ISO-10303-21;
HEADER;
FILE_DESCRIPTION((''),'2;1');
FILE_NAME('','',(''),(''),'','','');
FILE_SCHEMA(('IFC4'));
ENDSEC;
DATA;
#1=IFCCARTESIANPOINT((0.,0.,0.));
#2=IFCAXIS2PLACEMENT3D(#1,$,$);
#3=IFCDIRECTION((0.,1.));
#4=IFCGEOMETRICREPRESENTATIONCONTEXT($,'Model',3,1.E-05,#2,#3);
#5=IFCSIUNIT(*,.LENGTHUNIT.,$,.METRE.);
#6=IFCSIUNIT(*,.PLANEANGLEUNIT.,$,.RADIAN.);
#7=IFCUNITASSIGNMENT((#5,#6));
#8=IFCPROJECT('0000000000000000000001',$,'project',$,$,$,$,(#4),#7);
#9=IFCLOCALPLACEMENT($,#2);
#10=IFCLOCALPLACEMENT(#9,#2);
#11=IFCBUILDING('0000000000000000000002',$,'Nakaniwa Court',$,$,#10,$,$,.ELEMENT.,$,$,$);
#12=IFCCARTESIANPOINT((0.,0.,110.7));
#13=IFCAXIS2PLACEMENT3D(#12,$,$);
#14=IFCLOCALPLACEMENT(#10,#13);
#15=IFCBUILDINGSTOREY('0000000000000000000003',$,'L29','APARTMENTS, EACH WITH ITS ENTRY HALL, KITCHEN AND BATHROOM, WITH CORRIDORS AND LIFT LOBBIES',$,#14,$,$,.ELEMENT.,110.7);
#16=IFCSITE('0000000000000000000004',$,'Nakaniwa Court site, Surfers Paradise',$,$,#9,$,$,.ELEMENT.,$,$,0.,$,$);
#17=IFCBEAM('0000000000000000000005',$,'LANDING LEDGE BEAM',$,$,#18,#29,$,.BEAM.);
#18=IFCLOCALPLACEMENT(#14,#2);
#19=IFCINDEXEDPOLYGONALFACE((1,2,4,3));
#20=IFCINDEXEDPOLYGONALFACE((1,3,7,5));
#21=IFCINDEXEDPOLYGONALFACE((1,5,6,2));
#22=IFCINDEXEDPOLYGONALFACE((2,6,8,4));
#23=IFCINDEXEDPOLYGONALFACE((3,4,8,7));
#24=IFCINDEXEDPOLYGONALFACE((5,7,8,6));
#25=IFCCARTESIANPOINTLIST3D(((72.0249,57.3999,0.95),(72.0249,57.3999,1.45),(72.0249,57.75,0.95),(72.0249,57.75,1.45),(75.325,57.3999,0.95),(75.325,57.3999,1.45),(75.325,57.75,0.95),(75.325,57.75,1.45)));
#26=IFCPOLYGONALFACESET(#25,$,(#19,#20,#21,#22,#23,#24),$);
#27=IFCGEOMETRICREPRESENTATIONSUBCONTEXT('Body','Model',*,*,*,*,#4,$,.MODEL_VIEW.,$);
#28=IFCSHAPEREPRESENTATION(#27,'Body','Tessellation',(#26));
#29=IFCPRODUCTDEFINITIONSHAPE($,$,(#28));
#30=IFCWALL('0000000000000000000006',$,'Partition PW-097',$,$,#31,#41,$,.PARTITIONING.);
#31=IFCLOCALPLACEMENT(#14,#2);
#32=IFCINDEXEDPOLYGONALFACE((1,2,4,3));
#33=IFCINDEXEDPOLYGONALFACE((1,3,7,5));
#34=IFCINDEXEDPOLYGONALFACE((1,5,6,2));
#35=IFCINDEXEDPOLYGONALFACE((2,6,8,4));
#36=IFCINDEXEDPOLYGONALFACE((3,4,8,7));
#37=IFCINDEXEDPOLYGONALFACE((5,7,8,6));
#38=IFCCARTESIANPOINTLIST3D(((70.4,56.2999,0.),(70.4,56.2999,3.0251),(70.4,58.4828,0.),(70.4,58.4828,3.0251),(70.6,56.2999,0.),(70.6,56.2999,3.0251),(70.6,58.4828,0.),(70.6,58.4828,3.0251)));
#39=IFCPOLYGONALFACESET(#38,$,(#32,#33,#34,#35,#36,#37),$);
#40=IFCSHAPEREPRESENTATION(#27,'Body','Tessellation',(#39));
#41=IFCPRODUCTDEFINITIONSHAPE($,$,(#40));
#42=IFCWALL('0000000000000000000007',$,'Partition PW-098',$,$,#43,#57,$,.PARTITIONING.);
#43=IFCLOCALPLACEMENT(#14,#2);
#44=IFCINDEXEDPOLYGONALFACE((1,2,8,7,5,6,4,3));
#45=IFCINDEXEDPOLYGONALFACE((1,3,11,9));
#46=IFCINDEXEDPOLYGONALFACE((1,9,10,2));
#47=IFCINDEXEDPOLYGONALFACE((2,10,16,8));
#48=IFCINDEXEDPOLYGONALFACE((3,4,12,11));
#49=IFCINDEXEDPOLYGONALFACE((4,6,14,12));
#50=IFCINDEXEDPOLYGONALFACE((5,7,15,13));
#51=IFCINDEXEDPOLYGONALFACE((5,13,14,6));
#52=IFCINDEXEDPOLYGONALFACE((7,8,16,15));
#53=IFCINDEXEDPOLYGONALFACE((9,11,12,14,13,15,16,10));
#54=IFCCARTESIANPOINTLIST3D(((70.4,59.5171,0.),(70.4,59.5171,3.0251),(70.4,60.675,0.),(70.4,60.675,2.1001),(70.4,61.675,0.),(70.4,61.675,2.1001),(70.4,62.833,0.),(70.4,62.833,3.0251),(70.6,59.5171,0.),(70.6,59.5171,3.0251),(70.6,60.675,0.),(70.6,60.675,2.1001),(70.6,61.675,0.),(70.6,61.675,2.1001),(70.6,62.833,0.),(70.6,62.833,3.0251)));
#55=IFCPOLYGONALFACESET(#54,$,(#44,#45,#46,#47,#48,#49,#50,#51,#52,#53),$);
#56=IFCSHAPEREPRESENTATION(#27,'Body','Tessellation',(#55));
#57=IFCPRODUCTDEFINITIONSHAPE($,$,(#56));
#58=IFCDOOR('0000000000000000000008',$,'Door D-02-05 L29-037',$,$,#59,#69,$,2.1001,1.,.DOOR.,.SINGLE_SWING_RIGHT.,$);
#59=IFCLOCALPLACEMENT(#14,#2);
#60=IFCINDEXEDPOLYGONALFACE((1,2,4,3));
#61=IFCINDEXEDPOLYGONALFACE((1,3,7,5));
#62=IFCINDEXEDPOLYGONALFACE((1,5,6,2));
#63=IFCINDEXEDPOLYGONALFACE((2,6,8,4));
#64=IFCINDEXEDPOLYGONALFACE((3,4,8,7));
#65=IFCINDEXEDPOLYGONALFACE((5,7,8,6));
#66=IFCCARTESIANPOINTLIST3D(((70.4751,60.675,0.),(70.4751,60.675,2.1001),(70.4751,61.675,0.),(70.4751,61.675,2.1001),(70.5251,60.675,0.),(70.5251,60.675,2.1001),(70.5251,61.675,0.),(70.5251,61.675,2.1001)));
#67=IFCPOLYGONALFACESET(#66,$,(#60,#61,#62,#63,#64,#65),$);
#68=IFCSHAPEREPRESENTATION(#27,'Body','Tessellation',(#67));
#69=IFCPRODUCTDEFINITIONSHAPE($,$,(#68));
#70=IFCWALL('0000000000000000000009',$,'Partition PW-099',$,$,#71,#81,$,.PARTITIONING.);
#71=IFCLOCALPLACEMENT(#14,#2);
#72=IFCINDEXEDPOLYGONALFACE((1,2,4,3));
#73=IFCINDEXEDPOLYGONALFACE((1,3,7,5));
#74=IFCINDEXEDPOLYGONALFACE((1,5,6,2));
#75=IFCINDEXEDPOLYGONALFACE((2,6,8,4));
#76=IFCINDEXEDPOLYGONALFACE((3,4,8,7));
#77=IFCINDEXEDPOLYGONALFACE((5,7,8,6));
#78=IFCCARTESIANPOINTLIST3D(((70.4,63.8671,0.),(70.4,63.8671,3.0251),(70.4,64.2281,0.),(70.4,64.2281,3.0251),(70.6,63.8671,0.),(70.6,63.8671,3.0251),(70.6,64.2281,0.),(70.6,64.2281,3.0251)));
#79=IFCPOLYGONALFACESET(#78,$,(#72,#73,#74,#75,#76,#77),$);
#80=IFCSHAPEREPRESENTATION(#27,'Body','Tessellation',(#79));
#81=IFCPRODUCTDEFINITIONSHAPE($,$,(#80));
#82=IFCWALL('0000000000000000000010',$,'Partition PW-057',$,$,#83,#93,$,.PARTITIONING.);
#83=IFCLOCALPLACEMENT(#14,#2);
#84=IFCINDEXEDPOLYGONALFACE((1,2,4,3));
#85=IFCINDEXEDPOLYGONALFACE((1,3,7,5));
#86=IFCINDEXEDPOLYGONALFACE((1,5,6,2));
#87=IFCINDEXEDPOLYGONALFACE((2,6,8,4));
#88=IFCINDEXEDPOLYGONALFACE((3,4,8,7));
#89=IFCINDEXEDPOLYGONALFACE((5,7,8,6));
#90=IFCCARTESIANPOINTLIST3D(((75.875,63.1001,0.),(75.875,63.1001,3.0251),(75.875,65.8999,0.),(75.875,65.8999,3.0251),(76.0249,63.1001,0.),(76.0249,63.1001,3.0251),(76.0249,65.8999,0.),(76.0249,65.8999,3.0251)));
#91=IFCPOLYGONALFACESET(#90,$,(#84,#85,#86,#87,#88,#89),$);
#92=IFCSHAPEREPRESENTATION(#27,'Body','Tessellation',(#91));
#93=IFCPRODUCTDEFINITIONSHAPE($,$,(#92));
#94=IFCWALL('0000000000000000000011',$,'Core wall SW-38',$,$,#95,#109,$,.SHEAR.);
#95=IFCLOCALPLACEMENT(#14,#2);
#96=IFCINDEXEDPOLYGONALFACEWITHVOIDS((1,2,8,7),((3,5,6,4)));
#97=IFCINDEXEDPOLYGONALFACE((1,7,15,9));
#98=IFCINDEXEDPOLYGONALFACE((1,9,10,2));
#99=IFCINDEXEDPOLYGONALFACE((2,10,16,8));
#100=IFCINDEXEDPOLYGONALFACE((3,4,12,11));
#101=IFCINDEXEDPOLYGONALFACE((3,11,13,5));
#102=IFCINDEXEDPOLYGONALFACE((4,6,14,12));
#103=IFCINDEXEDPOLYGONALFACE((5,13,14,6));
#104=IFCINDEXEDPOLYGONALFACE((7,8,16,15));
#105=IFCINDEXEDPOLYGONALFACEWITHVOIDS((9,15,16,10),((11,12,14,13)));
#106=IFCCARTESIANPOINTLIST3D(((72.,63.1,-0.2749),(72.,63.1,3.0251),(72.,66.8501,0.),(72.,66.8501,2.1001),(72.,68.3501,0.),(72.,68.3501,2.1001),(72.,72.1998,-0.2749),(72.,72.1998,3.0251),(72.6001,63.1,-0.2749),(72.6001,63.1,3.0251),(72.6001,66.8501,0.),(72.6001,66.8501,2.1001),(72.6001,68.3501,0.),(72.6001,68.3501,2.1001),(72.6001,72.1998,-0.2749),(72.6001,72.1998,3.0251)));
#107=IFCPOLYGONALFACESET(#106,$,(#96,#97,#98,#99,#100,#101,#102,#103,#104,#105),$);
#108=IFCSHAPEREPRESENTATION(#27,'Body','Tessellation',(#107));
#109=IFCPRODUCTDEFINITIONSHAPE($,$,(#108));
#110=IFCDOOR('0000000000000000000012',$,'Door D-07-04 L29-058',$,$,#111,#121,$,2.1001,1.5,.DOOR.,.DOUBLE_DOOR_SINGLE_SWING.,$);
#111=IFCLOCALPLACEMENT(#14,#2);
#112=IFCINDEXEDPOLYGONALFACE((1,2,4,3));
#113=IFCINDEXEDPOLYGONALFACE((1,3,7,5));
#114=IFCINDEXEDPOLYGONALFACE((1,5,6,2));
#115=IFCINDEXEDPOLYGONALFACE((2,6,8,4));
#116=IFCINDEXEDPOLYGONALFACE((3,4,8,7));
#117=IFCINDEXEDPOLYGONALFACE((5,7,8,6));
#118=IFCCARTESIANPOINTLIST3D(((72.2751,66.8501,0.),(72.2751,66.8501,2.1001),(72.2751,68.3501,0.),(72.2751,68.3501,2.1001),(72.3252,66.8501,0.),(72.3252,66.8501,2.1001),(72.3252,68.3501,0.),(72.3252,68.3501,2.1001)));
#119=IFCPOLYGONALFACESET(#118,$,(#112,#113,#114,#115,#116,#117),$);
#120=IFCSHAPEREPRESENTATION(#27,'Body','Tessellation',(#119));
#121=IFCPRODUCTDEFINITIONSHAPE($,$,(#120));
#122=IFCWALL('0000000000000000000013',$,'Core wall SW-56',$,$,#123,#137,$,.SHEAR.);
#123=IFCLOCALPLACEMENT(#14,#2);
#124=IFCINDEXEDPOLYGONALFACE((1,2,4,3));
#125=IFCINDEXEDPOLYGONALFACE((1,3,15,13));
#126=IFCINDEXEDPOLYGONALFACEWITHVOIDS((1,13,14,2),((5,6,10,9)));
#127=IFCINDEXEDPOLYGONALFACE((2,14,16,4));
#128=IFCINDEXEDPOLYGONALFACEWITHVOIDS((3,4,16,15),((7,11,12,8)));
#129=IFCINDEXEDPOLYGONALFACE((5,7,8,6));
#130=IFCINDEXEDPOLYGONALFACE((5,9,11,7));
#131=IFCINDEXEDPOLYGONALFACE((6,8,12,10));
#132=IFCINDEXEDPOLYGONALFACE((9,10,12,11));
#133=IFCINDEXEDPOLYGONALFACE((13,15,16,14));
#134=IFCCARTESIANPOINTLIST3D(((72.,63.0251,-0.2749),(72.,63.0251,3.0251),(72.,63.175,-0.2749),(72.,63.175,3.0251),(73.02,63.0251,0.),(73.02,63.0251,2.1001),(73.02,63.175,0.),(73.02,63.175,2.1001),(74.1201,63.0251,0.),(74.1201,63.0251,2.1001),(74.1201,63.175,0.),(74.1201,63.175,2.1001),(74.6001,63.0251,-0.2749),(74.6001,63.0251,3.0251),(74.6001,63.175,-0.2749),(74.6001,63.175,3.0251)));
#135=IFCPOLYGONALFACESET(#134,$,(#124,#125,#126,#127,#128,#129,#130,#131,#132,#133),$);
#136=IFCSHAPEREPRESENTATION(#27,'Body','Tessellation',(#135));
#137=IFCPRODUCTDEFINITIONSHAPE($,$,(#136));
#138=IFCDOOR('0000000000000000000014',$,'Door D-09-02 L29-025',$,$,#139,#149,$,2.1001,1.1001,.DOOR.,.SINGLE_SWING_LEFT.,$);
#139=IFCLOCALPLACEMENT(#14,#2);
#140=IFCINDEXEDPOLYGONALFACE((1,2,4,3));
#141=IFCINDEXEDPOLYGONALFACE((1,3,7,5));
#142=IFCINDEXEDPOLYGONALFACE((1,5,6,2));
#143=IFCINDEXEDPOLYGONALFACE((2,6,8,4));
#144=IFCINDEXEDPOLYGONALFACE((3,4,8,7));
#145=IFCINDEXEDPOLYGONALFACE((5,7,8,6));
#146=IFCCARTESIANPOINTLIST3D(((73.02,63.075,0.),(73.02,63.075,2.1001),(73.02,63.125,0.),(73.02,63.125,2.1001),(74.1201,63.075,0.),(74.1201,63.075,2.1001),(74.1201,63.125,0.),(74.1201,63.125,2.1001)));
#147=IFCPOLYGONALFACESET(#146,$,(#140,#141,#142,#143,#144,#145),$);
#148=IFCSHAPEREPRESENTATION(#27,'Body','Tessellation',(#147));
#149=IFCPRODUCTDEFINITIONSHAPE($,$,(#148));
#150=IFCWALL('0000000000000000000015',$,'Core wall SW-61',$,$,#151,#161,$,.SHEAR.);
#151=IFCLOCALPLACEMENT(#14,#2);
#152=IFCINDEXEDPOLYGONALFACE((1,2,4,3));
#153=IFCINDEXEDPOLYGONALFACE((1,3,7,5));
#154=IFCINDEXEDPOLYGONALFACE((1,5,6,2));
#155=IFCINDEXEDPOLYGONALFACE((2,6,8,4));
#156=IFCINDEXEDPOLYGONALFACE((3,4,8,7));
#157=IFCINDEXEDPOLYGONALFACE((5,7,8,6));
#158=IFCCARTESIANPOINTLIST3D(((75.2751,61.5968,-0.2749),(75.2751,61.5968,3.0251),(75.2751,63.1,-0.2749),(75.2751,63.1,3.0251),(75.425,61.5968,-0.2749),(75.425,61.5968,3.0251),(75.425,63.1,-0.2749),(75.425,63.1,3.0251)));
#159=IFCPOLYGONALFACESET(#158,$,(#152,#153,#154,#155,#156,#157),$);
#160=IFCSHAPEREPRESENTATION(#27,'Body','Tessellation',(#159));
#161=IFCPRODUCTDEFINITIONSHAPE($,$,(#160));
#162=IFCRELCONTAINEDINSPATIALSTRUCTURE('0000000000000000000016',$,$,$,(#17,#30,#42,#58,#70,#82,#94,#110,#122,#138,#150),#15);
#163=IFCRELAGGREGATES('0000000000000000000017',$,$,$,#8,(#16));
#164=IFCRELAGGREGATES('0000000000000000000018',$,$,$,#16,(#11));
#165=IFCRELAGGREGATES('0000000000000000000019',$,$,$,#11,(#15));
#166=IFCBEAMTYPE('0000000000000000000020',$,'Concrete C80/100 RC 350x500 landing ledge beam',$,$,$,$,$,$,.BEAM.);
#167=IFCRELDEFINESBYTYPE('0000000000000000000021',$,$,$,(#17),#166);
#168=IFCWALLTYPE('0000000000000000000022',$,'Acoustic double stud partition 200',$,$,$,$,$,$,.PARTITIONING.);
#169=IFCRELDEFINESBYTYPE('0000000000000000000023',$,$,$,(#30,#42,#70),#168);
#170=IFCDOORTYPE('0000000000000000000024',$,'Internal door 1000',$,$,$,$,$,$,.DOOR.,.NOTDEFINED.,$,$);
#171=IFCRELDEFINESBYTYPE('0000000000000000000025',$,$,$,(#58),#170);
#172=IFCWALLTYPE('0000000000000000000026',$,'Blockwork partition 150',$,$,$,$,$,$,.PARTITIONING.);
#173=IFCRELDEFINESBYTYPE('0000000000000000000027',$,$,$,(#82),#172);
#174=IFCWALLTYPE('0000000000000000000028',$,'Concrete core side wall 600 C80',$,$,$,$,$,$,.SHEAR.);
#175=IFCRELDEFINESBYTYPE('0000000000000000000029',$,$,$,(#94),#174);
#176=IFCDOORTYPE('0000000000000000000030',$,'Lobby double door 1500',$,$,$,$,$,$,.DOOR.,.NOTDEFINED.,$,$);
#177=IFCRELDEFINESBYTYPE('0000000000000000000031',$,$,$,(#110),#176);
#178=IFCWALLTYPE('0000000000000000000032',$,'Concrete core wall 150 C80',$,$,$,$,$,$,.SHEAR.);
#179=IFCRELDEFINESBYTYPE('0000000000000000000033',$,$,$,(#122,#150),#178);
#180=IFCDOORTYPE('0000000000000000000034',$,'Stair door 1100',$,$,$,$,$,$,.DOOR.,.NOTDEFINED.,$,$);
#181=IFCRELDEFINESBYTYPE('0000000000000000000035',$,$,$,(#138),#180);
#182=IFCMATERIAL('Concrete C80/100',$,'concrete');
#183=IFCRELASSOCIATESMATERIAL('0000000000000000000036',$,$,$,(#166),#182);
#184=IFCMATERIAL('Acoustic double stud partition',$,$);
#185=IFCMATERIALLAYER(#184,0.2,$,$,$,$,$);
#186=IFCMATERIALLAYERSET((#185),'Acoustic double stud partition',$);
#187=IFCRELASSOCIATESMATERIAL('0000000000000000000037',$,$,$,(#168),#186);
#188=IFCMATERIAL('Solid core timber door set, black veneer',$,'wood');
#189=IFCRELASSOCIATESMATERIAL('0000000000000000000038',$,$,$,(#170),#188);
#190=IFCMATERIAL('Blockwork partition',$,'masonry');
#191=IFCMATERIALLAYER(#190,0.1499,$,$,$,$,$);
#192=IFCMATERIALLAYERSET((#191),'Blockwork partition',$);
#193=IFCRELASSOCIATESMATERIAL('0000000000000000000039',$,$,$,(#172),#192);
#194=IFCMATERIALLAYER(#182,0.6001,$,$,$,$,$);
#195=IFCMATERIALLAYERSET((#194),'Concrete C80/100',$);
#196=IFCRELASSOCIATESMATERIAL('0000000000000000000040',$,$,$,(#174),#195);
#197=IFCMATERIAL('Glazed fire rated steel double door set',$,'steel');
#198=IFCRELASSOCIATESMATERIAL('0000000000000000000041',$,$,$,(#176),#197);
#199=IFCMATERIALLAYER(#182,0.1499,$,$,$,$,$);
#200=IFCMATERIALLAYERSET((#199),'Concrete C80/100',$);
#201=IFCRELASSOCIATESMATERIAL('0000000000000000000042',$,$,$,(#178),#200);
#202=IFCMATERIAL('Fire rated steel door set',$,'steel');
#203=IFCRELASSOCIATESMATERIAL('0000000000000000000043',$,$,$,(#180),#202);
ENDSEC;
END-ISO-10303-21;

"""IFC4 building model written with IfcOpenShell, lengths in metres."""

from ifc_helpers import new_model, si_unit, direction, frame, frame_2d, origin, origin_2d, place, context, subcontext, project, spatial, rectangle, extrude, material, layer, layer_set, material_profile, profile_set, type_object, element, fill, save


model = new_model("IFC4")

# Units and contexts
model_context = context("Model", 3, precision=1e-05, world=origin(), true_north=direction((0.0, 1.0)))
body_context = subcontext(model_context, "Body", "Model", "MODEL_VIEW")
ifc_project = project(units=[si_unit("LENGTHUNIT", "METRE"), si_unit("PLANEANGLEUNIT", "RADIAN")], contexts=[model_context])

# Site, building, storey
site_placement = place(None, origin())
site = spatial("IfcSite", under=ifc_project, at=site_placement, Name="Nakaniwa Court site, Surfers Paradise", CompositionType="ELEMENT", RefElevation=0.0)
building_placement = place(site_placement, origin())
building = spatial("IfcBuilding", under=site, at=building_placement, Name="Nakaniwa Court", CompositionType="ELEMENT")
storey_placement = place(building_placement, frame((0.0, 0.0, 110.7)))
storey = spatial("IfcBuildingStorey", under=building, at=storey_placement, Name="L29", Description="APARTMENTS, EACH WITH ITS ENTRY HALL, KITCHEN AND BATHROOM, WITH CORRIDORS AND LIFT LOBBIES", CompositionType="ELEMENT", Elevation=110.7)

# Beam
ifc_material_1 = material(Name="Concrete C80/100", Category="concrete")
ifc_material_profile = material_profile(ifc_material_1, rectangle(XDim=0.3501, YDim=0.5, at=origin_2d()), Name="Concrete C80/100 RC 350x500 landing ledge beam")
ifc_profile_set = profile_set([ifc_material_profile], Name="Concrete C80/100")
beam_type = type_object("IfcBeamType", Name="Concrete C80/100 RC 350x500 landing ledge beam", PredefinedType="BEAM", material=ifc_profile_set)
beam_placement = place(storey_placement, frame((72.0249, 57.575, 1.2), z_axis=(1.0, 0.0, 0.0), x_axis=(0.0, 1.0, 0.0)))
element("IfcBeam", 1, at=beam_placement, inside=storey, type_object=beam_type, Name="LANDING LEDGE BEAM", PredefinedType="BEAM", context=body_context, shape_type="SweptSolid", body=[
    extrude(rectangle(XDim=0.3501, YDim=0.5, at=origin_2d()), origin(), (0.0, 0.0, 1.0), 3.3),
])

# Wall
ifc_material_2 = material(Name="Acoustic double stud partition")
ifc_layer_1 = layer(ifc_material_2, 0.2)
ifc_layer_set_1 = layer_set([ifc_layer_1], Name="Acoustic double stud partition")
wall_type_1 = type_object("IfcWallType", Name="Acoustic double stud partition 200", PredefinedType="PARTITIONING", material=ifc_layer_set_1)
wall_1_placement = place(storey_placement, frame((70.5, 56.3, 0.0), z_axis=(0.0, 0.0, 1.0), x_axis=(0.0, 1.0, 0.0)))
element("IfcWall", 2, at=wall_1_placement, inside=storey, type_object=wall_type_1, Name="Partition PW-097", PredefinedType="PARTITIONING", context=body_context, shape_type="SweptSolid", body=[
    extrude(rectangle(XDim=2.1829, YDim=0.2, at=frame_2d((1.0913, 0.0))), origin(), (0.0, 0.0, 1.0), 3.0251),
])

# Wall, opening, door
wall_2_placement = place(storey_placement, frame((70.5, 59.5171, 0.0), z_axis=(0.0, 0.0, 1.0), x_axis=(0.0, 1.0, 0.0)))
wall_2 = element("IfcWall", 3, at=wall_2_placement, inside=storey, type_object=wall_type_1, Name="Partition PW-098", PredefinedType="PARTITIONING", context=body_context, shape_type="SweptSolid", body=[
    extrude(rectangle(XDim=3.3159, YDim=0.2, at=frame_2d((1.658, 0.0))), origin(), (0.0, 0.0, 1.0), 3.0251),
])
opening_1_placement = place(wall_2_placement, frame((1.158, 0.0, 0.0)))
opening_1 = element("IfcOpeningElement", 4, at=opening_1_placement, cuts=wall_2, PredefinedType="OPENING", context=body_context, shape_type="SweptSolid", body=[
    extrude(rectangle(XDim=1.0, YDim=2.1001, at=frame_2d((0.5, 1.05))), frame((0.0, 0.1099, 0.0), z_axis=(0.0, -1.0, 0.0), x_axis=(1.0, 0.0, 0.0)), (0.0, 0.0, 1.0), 0.22),
])
ifc_material_3 = material(Name="Solid core timber door set, black veneer", Category="wood")
door_type_1 = type_object("IfcDoorType", Name="Internal door 1000", OperationType="NOTDEFINED", PredefinedType="DOOR", material=ifc_material_3)
door_1_placement = place(opening_1_placement, origin())
door_1 = element("IfcDoor", 5, at=door_1_placement, inside=storey, type_object=door_type_1, Name="Door D-02-05 L29-037", OperationType="SINGLE_SWING_RIGHT", OverallHeight=2.1001, OverallWidth=1.0, PredefinedType="DOOR", context=body_context, shape_type="SweptSolid", body=[
    extrude(rectangle(XDim=1.0, YDim=2.1001, at=frame_2d((0.5, 1.05))), frame((0.0, 0.0249, 0.0), z_axis=(0.0, -1.0, 0.0), x_axis=(1.0, 0.0, 0.0)), (0.0, 0.0, 1.0), 0.05),
])
fill(opening_1, door_1)

# Walls
wall_3_placement = place(storey_placement, frame((70.5, 63.8669, 0.0), z_axis=(0.0, 0.0, 1.0), x_axis=(0.0, 1.0, 0.0)))
element("IfcWall", 6, at=wall_3_placement, inside=storey, type_object=wall_type_1, Name="Partition PW-099", PredefinedType="PARTITIONING", context=body_context, shape_type="SweptSolid", body=[
    extrude(rectangle(XDim=0.3611, YDim=0.2, at=frame_2d((0.1807, 0.0))), origin(), (0.0, 0.0, 1.0), 3.0251),
])
ifc_material_4 = material(Name="Blockwork partition", Category="masonry")
ifc_layer_2 = layer(ifc_material_4, 0.1499)
ifc_layer_set_2 = layer_set([ifc_layer_2], Name="Blockwork partition")
wall_type_2 = type_object("IfcWallType", Name="Blockwork partition 150", PredefinedType="PARTITIONING", material=ifc_layer_set_2)
wall_4_placement = place(storey_placement, frame((75.95, 63.1001, 0.0), z_axis=(0.0, 0.0, 1.0), x_axis=(0.0, 1.0, 0.0)))
element("IfcWall", 7, at=wall_4_placement, inside=storey, type_object=wall_type_2, Name="Partition PW-057", PredefinedType="PARTITIONING", context=body_context, shape_type="SweptSolid", body=[
    extrude(rectangle(XDim=2.7998, YDim=0.1499, at=frame_2d((1.3999, 0.0))), origin(), (0.0, 0.0, 1.0), 3.0251),
])

# Walls, openings, doors
ifc_layer_3 = layer(ifc_material_1, 0.6001)
ifc_layer_set_3 = layer_set([ifc_layer_3], Name="Concrete C80/100")
wall_type_3 = type_object("IfcWallType", Name="Concrete core side wall 600 C80", PredefinedType="SHEAR", material=ifc_layer_set_3)
wall_5_placement = place(storey_placement, frame((72.3, 63.1001, -0.2749), z_axis=(0.0, 0.0, 1.0), x_axis=(0.0, 1.0, 0.0)))
wall_5 = element("IfcWall", 8, at=wall_5_placement, inside=storey, type_object=wall_type_3, Name="Core wall SW-38", PredefinedType="SHEAR", context=body_context, shape_type="SweptSolid", body=[
    extrude(rectangle(XDim=9.0999, YDim=0.6001, at=frame_2d((4.5498, 0.0))), origin(), (0.0, 0.0, 1.0), 3.3),
])
opening_2_placement = place(wall_5_placement, frame((3.75, 0.0, 0.2749)))
opening_2 = element("IfcOpeningElement", 9, at=opening_2_placement, cuts=wall_5, PredefinedType="OPENING", context=body_context, shape_type="SweptSolid", body=[
    extrude(rectangle(XDim=1.5, YDim=2.1001, at=frame_2d((0.75, 1.05))), frame((0.0, 0.3101, 0.0), z_axis=(0.0, -1.0, 0.0), x_axis=(1.0, 0.0, 0.0)), (0.0, 0.0, 1.0), 0.6201),
])
ifc_material_5 = material(Name="Glazed fire rated steel double door set", Category="steel")
door_type_2 = type_object("IfcDoorType", Name="Lobby double door 1500", OperationType="NOTDEFINED", PredefinedType="DOOR", material=ifc_material_5)
door_2_placement = place(opening_2_placement, origin())
door_2 = element("IfcDoor", 10, at=door_2_placement, inside=storey, type_object=door_type_2, Name="Door D-07-04 L29-058", OperationType="DOUBLE_DOOR_SINGLE_SWING", OverallHeight=2.1001, OverallWidth=1.5, PredefinedType="DOOR", context=body_context, shape_type="SweptSolid", body=[
    extrude(rectangle(XDim=1.5, YDim=2.1001, at=frame_2d((0.75, 1.05))), frame((0.0, 0.0249, 0.0), z_axis=(0.0, -1.0, 0.0), x_axis=(1.0, 0.0, 0.0)), (0.0, 0.0, 1.0), 0.05),
])
fill(opening_2, door_2)
ifc_layer_4 = layer(ifc_material_1, 0.1499)
ifc_layer_set_4 = layer_set([ifc_layer_4], Name="Concrete C80/100")
wall_type_4 = type_object("IfcWallType", Name="Concrete core wall 150 C80", PredefinedType="SHEAR", material=ifc_layer_set_4)
wall_6_placement = place(storey_placement, frame((72.0, 63.1001, -0.2749), z_axis=(0.0, 0.0, 1.0), x_axis=(1.0, 0.0, 0.0)))
wall_6 = element("IfcWall", 11, at=wall_6_placement, inside=storey, type_object=wall_type_4, Name="Core wall SW-56", PredefinedType="SHEAR", context=body_context, shape_type="SweptSolid", body=[
    extrude(rectangle(XDim=2.6001, YDim=0.1499, at=frame_2d((1.3, 0.0))), origin(), (0.0, 0.0, 1.0), 3.3),
])
opening_3_placement = place(wall_6_placement, frame((1.02, 0.0, 0.2749)))
opening_3 = element("IfcOpeningElement", 12, at=opening_3_placement, cuts=wall_6, PredefinedType="OPENING", context=body_context, shape_type="SweptSolid", body=[
    extrude(rectangle(XDim=1.1001, YDim=2.1001, at=frame_2d((0.55, 1.05))), frame((0.0, 0.085, 0.0), z_axis=(0.0, -1.0, 0.0), x_axis=(1.0, 0.0, 0.0)), (0.0, 0.0, 1.0), 0.1699),
])
ifc_material_6 = material(Name="Fire rated steel door set", Category="steel")
door_type_3 = type_object("IfcDoorType", Name="Stair door 1100", OperationType="NOTDEFINED", PredefinedType="DOOR", material=ifc_material_6)
door_3_placement = place(opening_3_placement, origin())
door_3 = element("IfcDoor", 13, at=door_3_placement, inside=storey, type_object=door_type_3, Name="Door D-09-02 L29-025", OperationType="SINGLE_SWING_LEFT", OverallHeight=2.1001, OverallWidth=1.1001, PredefinedType="DOOR", context=body_context, shape_type="SweptSolid", body=[
    extrude(rectangle(XDim=1.1001, YDim=2.1001, at=frame_2d((0.55, 1.05))), frame((0.0, 0.0249, 0.0), z_axis=(0.0, -1.0, 0.0), x_axis=(1.0, 0.0, 0.0)), (0.0, 0.0, 1.0), 0.05),
])
fill(opening_3, door_3)

# Wall
wall_7_placement = place(storey_placement, frame((75.3501, 61.5969, -0.2749), z_axis=(0.0, 0.0, 1.0), x_axis=(0.0, 1.0, 0.0)))
element("IfcWall", 14, at=wall_7_placement, inside=storey, type_object=wall_type_4, Name="Core wall SW-61", PredefinedType="SHEAR", context=body_context, shape_type="SweptSolid", body=[
    extrude(rectangle(XDim=1.5032, YDim=0.1499, at=frame_2d((0.7515, 0.0))), origin(), (0.0, 0.0, 1.0), 3.3),
])

save(model, "model.ifc")
